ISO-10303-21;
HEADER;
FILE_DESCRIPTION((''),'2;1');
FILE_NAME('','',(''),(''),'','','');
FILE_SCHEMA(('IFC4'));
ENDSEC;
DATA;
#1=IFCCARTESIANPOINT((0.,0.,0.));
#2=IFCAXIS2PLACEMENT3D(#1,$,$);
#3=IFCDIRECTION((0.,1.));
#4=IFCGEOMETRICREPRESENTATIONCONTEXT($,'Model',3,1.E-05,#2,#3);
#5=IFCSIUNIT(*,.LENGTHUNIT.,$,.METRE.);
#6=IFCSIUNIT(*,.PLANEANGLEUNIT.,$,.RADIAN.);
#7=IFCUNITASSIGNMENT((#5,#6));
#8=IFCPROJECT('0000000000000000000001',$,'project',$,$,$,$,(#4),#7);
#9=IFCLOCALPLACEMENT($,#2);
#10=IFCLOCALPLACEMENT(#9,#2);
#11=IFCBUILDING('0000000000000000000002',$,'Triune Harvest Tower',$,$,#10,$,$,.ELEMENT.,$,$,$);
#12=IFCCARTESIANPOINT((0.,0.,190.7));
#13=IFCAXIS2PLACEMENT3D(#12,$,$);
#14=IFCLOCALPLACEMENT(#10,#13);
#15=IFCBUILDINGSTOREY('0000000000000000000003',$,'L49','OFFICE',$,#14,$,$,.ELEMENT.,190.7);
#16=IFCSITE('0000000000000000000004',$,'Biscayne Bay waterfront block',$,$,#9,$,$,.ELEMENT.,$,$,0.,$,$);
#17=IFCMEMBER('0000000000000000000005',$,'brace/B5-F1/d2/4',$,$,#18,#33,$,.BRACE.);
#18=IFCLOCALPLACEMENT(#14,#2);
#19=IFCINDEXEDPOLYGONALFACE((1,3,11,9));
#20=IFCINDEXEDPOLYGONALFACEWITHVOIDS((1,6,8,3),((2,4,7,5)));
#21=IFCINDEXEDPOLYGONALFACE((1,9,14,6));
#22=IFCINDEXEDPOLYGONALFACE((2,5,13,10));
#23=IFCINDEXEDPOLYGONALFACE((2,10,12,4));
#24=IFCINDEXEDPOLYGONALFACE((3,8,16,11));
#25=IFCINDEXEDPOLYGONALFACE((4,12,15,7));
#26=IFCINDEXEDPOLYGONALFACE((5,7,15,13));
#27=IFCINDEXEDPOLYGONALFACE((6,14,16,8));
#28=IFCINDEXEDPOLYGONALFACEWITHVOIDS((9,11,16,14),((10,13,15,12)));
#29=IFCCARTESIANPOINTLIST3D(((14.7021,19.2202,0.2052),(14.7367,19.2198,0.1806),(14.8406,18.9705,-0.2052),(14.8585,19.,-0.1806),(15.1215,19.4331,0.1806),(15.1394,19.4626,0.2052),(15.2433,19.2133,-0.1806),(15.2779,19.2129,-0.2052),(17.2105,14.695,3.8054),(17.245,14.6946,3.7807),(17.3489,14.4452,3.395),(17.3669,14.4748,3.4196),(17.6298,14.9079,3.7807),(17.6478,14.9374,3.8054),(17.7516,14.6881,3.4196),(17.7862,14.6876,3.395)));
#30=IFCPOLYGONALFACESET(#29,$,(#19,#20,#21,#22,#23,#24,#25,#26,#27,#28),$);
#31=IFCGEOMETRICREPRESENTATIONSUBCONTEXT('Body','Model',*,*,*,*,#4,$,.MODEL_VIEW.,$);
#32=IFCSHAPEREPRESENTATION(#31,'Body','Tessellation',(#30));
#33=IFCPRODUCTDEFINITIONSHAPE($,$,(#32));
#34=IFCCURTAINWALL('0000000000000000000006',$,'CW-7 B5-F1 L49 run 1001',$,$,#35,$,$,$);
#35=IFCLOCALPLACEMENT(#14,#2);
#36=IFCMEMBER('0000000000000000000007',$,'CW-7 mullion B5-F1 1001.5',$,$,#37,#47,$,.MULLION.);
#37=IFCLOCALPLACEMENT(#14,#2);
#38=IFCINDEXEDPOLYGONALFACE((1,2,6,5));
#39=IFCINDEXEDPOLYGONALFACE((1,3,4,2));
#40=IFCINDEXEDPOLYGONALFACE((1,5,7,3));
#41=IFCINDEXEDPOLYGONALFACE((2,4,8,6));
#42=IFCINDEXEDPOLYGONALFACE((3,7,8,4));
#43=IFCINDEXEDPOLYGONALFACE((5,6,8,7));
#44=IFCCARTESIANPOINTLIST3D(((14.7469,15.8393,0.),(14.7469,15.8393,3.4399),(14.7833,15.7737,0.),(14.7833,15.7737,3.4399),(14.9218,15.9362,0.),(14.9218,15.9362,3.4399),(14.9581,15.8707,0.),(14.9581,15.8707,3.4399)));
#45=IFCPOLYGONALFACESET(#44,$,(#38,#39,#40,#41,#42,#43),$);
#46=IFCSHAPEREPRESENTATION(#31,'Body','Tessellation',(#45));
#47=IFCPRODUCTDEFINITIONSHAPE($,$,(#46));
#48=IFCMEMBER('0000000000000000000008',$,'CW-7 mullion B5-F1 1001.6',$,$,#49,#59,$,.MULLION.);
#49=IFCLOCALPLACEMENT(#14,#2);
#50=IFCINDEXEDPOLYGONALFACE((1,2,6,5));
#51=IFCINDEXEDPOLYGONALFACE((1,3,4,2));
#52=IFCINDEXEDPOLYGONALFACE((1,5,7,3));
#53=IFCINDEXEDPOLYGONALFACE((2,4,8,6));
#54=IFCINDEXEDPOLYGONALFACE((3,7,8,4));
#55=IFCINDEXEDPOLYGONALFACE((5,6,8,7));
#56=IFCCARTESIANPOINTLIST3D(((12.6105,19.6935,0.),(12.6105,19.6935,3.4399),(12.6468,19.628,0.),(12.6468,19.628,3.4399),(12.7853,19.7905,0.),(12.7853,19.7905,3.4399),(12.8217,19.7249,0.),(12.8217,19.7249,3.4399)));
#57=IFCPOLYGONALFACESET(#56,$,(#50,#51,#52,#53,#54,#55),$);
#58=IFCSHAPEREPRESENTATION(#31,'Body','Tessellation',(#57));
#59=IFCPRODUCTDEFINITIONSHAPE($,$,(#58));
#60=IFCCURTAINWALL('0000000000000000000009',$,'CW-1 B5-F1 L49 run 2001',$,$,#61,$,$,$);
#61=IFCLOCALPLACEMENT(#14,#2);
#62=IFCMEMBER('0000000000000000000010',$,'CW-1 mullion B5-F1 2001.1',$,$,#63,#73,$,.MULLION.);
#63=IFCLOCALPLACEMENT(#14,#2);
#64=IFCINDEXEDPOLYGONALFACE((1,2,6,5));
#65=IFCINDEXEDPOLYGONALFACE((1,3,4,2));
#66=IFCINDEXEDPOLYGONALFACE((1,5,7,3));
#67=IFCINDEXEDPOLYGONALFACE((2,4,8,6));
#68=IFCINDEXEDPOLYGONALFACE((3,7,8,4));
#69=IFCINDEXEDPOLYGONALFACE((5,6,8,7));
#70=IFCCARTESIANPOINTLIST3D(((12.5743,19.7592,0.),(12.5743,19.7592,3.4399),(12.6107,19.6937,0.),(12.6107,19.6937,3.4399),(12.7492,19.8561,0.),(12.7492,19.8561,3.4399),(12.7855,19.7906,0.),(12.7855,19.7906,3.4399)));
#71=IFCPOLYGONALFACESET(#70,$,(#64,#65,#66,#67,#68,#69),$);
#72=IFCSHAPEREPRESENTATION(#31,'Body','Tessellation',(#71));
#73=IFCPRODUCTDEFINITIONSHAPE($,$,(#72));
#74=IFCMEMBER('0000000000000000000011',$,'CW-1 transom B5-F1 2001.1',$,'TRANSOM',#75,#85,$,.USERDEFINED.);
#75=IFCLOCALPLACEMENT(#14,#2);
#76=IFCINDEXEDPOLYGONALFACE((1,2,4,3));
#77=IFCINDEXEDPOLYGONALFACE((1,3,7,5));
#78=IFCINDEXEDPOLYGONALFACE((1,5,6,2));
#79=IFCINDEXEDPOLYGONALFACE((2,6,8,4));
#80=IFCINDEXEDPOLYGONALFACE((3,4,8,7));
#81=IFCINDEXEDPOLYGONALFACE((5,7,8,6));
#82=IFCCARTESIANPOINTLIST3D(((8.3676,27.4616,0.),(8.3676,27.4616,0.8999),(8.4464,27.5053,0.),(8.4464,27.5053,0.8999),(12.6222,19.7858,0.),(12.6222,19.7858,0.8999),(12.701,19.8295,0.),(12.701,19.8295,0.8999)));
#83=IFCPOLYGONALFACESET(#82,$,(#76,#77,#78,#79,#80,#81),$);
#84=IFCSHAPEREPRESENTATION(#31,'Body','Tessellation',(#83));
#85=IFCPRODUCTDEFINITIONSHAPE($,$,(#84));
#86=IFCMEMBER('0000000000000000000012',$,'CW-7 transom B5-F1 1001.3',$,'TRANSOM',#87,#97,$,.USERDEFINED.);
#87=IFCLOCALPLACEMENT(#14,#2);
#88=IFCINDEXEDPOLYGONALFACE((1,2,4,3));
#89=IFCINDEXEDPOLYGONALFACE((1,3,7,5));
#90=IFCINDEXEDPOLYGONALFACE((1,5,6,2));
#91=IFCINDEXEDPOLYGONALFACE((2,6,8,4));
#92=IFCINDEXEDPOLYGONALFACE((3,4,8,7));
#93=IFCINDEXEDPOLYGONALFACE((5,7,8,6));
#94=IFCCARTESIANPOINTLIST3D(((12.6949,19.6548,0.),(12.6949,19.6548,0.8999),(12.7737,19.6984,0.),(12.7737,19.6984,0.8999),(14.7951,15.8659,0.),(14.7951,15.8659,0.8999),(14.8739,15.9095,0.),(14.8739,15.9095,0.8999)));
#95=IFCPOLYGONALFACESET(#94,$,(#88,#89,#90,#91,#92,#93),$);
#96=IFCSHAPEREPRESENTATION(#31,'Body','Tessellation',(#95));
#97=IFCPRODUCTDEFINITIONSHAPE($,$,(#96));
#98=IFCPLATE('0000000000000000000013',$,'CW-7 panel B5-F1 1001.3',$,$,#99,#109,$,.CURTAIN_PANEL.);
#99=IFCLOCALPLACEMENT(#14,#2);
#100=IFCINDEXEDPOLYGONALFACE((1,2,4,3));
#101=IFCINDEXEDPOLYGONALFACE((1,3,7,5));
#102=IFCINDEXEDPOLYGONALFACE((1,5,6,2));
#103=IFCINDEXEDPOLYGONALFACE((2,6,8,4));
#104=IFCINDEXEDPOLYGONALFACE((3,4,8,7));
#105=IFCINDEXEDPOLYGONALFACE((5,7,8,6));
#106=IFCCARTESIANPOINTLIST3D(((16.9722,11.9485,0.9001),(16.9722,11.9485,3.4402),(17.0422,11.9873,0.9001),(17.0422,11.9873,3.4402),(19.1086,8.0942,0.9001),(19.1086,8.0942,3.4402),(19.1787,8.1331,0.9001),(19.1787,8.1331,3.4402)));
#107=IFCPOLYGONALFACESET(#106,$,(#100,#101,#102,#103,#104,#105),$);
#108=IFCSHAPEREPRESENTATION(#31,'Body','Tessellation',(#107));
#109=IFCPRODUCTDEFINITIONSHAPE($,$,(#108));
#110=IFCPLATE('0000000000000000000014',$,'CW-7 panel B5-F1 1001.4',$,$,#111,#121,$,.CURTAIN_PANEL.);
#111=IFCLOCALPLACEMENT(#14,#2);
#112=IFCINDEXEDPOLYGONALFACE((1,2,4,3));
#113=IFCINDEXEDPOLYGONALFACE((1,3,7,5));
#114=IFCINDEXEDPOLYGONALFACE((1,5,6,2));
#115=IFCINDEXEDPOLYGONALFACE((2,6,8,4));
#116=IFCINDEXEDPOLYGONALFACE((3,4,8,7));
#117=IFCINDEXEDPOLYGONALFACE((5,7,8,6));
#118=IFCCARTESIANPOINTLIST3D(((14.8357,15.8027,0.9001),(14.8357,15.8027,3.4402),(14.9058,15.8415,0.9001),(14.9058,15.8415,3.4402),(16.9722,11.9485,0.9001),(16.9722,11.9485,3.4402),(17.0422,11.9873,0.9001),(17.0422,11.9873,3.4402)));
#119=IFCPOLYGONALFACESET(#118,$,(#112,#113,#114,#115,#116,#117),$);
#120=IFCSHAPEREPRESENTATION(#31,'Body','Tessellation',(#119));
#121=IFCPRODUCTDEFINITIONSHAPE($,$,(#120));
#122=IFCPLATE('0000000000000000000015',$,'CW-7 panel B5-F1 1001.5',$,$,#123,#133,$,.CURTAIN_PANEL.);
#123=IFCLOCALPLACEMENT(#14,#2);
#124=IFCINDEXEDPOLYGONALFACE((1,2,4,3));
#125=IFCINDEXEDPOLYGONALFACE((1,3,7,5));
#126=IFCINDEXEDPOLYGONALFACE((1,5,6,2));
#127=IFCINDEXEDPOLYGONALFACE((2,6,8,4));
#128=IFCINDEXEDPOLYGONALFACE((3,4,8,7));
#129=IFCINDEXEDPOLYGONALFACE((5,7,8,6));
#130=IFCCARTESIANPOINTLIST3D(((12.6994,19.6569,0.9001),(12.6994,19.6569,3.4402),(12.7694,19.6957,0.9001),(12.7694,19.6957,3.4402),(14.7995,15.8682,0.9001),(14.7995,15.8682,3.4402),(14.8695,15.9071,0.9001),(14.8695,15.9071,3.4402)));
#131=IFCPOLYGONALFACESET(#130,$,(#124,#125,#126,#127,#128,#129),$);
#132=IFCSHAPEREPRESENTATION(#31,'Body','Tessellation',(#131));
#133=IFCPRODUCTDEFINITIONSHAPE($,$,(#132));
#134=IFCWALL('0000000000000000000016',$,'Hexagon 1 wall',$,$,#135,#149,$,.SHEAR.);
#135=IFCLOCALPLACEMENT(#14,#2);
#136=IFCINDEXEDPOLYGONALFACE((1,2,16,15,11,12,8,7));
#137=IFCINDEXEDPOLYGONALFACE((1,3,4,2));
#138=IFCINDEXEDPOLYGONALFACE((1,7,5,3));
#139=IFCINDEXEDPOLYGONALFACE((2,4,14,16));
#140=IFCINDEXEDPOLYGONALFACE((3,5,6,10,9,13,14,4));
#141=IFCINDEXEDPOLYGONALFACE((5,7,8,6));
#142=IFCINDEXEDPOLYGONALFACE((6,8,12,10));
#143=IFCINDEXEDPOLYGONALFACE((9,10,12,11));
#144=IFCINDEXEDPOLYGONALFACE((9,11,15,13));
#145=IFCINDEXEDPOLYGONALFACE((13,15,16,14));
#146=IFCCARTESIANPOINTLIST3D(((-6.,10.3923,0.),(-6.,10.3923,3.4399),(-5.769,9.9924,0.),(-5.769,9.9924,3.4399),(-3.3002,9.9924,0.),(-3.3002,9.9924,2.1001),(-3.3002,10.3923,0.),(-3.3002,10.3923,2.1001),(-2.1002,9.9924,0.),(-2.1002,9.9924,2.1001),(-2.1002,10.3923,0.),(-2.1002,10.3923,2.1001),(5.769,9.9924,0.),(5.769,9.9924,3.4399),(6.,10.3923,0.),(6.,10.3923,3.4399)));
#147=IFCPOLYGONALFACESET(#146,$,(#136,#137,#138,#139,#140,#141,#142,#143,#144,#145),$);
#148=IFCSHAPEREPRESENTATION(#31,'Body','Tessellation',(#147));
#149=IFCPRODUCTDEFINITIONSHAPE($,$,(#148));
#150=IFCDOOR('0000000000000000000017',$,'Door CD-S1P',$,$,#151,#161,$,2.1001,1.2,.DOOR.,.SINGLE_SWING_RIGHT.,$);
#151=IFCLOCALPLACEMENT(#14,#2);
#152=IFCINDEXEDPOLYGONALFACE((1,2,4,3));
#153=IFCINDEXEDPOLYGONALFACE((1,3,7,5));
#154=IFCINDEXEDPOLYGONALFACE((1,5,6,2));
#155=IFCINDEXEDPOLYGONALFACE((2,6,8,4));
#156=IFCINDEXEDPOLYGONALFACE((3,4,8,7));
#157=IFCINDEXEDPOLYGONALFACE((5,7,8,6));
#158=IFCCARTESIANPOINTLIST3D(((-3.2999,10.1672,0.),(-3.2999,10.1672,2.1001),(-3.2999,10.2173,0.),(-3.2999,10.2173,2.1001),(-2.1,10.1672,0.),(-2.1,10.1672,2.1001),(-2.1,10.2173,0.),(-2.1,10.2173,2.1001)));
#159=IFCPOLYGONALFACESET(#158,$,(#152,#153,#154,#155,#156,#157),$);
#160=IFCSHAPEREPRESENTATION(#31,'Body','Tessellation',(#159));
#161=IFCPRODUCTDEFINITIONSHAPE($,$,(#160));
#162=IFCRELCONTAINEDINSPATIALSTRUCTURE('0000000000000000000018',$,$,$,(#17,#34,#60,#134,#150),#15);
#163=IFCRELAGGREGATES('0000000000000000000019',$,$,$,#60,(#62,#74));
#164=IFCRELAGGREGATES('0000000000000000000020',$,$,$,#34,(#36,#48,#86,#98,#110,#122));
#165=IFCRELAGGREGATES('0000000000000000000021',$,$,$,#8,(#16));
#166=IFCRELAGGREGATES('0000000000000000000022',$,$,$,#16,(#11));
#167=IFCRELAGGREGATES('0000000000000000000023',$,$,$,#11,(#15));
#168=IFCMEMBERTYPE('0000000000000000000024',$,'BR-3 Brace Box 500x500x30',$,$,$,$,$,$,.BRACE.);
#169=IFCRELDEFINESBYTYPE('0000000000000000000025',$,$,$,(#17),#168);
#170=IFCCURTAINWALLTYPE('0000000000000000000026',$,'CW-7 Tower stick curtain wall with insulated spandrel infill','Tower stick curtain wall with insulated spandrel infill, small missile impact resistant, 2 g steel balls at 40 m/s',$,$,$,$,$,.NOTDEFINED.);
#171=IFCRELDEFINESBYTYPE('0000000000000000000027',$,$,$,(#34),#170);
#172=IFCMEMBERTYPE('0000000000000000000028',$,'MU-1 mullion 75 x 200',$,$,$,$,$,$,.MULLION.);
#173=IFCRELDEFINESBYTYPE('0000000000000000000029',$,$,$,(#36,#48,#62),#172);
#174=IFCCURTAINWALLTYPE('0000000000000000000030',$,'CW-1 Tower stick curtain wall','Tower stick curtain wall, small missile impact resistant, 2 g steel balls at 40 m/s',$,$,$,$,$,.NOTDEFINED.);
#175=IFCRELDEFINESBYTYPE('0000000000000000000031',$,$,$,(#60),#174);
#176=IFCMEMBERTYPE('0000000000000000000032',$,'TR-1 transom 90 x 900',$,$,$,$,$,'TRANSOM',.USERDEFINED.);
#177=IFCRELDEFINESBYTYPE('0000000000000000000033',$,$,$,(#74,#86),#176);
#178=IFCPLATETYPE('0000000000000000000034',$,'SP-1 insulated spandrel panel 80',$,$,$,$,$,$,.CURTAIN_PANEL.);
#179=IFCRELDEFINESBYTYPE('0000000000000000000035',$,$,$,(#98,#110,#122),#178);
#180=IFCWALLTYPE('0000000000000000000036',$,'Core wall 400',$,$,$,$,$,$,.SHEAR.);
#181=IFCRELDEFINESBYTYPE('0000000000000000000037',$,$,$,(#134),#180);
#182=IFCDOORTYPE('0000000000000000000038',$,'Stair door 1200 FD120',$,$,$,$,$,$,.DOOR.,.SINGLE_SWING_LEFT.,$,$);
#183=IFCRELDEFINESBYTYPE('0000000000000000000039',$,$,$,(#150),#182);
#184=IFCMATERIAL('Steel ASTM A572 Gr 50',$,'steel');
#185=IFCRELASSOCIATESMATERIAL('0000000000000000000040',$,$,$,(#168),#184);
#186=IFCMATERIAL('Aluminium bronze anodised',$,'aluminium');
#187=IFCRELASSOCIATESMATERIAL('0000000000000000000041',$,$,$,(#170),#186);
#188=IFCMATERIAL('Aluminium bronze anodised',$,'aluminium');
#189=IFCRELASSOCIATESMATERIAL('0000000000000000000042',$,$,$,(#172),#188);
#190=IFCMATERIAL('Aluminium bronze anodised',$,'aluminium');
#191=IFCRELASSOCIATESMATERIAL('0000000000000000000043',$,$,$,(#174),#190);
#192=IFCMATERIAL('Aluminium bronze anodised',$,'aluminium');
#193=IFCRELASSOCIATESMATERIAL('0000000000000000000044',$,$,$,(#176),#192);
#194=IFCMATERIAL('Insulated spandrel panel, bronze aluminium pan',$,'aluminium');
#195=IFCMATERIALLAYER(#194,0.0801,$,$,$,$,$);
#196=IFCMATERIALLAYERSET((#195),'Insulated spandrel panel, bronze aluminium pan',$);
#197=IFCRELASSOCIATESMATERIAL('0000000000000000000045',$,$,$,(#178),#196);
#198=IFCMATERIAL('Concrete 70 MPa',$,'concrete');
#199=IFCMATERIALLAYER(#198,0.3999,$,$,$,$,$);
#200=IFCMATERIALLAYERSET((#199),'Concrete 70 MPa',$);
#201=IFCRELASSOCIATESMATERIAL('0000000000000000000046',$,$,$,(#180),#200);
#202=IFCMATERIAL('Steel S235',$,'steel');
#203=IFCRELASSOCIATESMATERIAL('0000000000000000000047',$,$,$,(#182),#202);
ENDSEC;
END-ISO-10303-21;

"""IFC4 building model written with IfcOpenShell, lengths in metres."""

from ifc_helpers import new_model, si_unit, direction, frame, frame_2d, origin, origin_2d, place, context, subcontext, project, spatial, polyline, rectangle, hollow_rectangle, outline, extrude, source, transform, mapped, material, layer, layer_set, material_profile, profile_set, type_object, element, fill, aggregate, save


model = new_model("IFC4")

# Units and contexts
model_context = context("Model", 3, precision=1e-05, world=origin(), true_north=direction((0.0, 1.0)))
body_context = subcontext(model_context, "Body", "Model", "MODEL_VIEW")
ifc_project = project(units=[si_unit("LENGTHUNIT", "METRE"), si_unit("PLANEANGLEUNIT", "RADIAN")], contexts=[model_context])

# Site, building, storey
site_placement = place(None, origin())
site = spatial("IfcSite", under=ifc_project, at=site_placement, Name="Biscayne Bay waterfront block", CompositionType="ELEMENT", RefElevation=0.0)
building_placement = place(site_placement, origin())
building = spatial("IfcBuilding", under=site, at=building_placement, Name="Triune Harvest Tower", CompositionType="ELEMENT")
storey_placement = place(building_placement, frame((0.0, 0.0, 190.7)))
storey = spatial("IfcBuildingStorey", under=building, at=storey_placement, Name="L49", Description="OFFICE", CompositionType="ELEMENT", Elevation=190.7)

# Member
ifc_material_1 = material(Name="Steel ASTM A572 Gr 50", Category="steel")
ifc_material_profile_1 = material_profile(ifc_material_1, hollow_rectangle(XDim=0.5, YDim=0.5, WallThickness=0.03, at=origin_2d()), Name="Box 500x500x30")
ifc_profile_set_1 = profile_set([ifc_material_profile_1], Name="Steel ASTM A572 Gr 50")
member_type_1 = type_object("IfcMemberType", Name="BR-3 Brace Box 500x500x30", PredefinedType="BRACE", material=ifc_profile_set_1)
shared_shape_1 = source(origin(), body_context, "Body", "SweptSolid", [
    extrude(hollow_rectangle(XDim=0.5, YDim=0.5, WallThickness=0.03, at=origin_2d()), origin(), (0.0, 0.0, 1.0), 6.3032),
])
member_1_placement = place(storey_placement, frame((14.99, 19.2166, 0.0), z_axis=(0.397946, -0.717923, 0.571162), x_axis=(0.874622, 0.484805, 0.0)))
element("IfcMember", 1, at=member_1_placement, inside=storey, type_object=member_type_1, Name="brace/B5-F1/d2/4", PredefinedType="BRACE", context=body_context, shape_type="MappedRepresentation", body=[
    mapped(shared_shape_1, transform((0.0, 0.0, 0.0), scale=1.0)),
])

# Curtain walls, members
ifc_material_2 = material(Name="Aluminium bronze anodised", Category="aluminium")
curtain_wall_type_1 = type_object("IfcCurtainWallType", Name="CW-7 Tower stick curtain wall with insulated spandrel infill", Description="Tower stick curtain wall with insulated spandrel infill, small missile impact resistant, 2 g steel balls at 40 m/s", PredefinedType="NOTDEFINED", material=ifc_material_2)
curtain_wall_1_placement = place(storey_placement, origin())
curtain_wall_1 = element("IfcCurtainWall", 2, at=curtain_wall_1_placement, inside=storey, type_object=curtain_wall_type_1, Name="CW-7 B5-F1 L49 run 1001")
ifc_material_3 = material(Name="Aluminium bronze anodised", Category="aluminium")
ifc_material_profile_2 = material_profile(ifc_material_3, rectangle(XDim=0.2, YDim=0.075, at=origin_2d()), Name="MU-1 mullion 75 x 200")
ifc_profile_set_2 = profile_set([ifc_material_profile_2], Name="Aluminium bronze anodised")
member_type_2 = type_object("IfcMemberType", Name="MU-1 mullion 75 x 200", PredefinedType="MULLION", material=ifc_profile_set_2)
shared_shape_2 = source(origin(), body_context, "Body", "SweptSolid", [
    extrude(rectangle(XDim=0.2, YDim=0.075, at=origin_2d()), origin(), (0.0, 0.0, 1.0), 3.4399),
])
member_2_placement = place(storey_placement, frame((14.8525, 15.855, 0.0), z_axis=(0.0, 0.0, 1.0), x_axis=(-0.87462, -0.484809, 0.0)))
member_2 = element("IfcMember", 3, at=member_2_placement, type_object=member_type_2, Name="CW-7 mullion B5-F1 1001.5", PredefinedType="MULLION", context=body_context, shape_type="MappedRepresentation", body=[
    mapped(shared_shape_2, transform((0.0, 0.0, 0.0), scale=1.0)),
])
member_3_placement = place(storey_placement, frame((12.7161, 19.7092, 0.0), z_axis=(0.0, 0.0, 1.0), x_axis=(-0.87462, -0.484809, 0.0)))
member_3 = element("IfcMember", 4, at=member_3_placement, type_object=member_type_2, Name="CW-7 mullion B5-F1 1001.6", PredefinedType="MULLION", context=body_context, shape_type="MappedRepresentation", body=[
    mapped(shared_shape_2, transform((0.0, 0.0, 0.0), scale=1.0)),
])
ifc_material_4 = material(Name="Aluminium bronze anodised", Category="aluminium")
curtain_wall_type_2 = type_object("IfcCurtainWallType", Name="CW-1 Tower stick curtain wall", Description="Tower stick curtain wall, small missile impact resistant, 2 g steel balls at 40 m/s", PredefinedType="NOTDEFINED", material=ifc_material_4)
curtain_wall_2_placement = place(storey_placement, origin())
curtain_wall_2 = element("IfcCurtainWall", 5, at=curtain_wall_2_placement, inside=storey, type_object=curtain_wall_type_2, Name="CW-1 B5-F1 L49 run 2001")
member_4_placement = place(storey_placement, frame((12.6799, 19.7749, 0.0), z_axis=(0.0, 0.0, 1.0), x_axis=(-0.874621, -0.484808, 0.0)))
member_4 = element("IfcMember", 6, at=member_4_placement, type_object=member_type_2, Name="CW-1 mullion B5-F1 2001.1", PredefinedType="MULLION", context=body_context, shape_type="MappedRepresentation", body=[
    mapped(shared_shape_2, transform((0.0, 0.0, 0.0), scale=1.0)),
])
ifc_material_5 = material(Name="Aluminium bronze anodised", Category="aluminium")
ifc_material_profile_3 = material_profile(ifc_material_5, rectangle(XDim=0.0901, YDim=0.8999, at=origin_2d()), Name="TR-1 transom 90 x 900")
ifc_profile_set_3 = profile_set([ifc_material_profile_3], Name="Aluminium bronze anodised")
member_type_3 = type_object("IfcMemberType", Name="TR-1 transom 90 x 900", ElementType="TRANSOM", PredefinedType="USERDEFINED", material=ifc_profile_set_3)
shared_shape_3 = source(origin(), body_context, "Body", "SweptSolid", [
    extrude(rectangle(XDim=0.0901, YDim=0.8999, at=origin_2d()), origin(), (0.0, 0.0, 1.0), 8.7761),
])
member_5_placement = place(storey_placement, frame((12.6616, 19.8076, 0.45), z_axis=(-0.484799, 0.874625, 0.0), x_axis=(-0.874625, -0.484799, 0.0)))
member_5 = element("IfcMember", 7, at=member_5_placement, type_object=member_type_3, Name="CW-1 transom B5-F1 2001.1", ObjectType="TRANSOM", PredefinedType="USERDEFINED", context=body_context, shape_type="MappedRepresentation", body=[
    mapped(shared_shape_3, transform((0.0, 0.0, 0.0), scale=1.0)),
])
aggregate(curtain_wall_2, [member_4, member_5])

# Member
shared_shape_4 = source(origin(), body_context, "Body", "SweptSolid", [
    extrude(rectangle(XDim=0.0901, YDim=0.8999, at=origin_2d()), origin(), (0.0, 0.0, 1.0), 4.332),
])
member_6_placement = place(storey_placement, frame((14.8345, 15.8877, 0.45), z_axis=(-0.484796, 0.874627, 0.0), x_axis=(-0.874627, -0.484796, 0.0)))
member_6 = element("IfcMember", 8, at=member_6_placement, type_object=member_type_3, Name="CW-7 transom B5-F1 1001.3", ObjectType="TRANSOM", PredefinedType="USERDEFINED", context=body_context, shape_type="MappedRepresentation", body=[
    mapped(shared_shape_4, transform((0.0, 0.0, 0.0), scale=1.0)),
])

# Plates
ifc_material_6 = material(Name="Insulated spandrel panel, bronze aluminium pan", Category="aluminium")
ifc_layer_1 = layer(ifc_material_6, 0.0801)
ifc_layer_set_1 = layer_set([ifc_layer_1], Name="Insulated spandrel panel, bronze aluminium pan")
plate_type = type_object("IfcPlateType", Name="SP-1 insulated spandrel panel 80", PredefinedType="CURTAIN_PANEL", material=ifc_layer_set_1)
shared_shape_5 = source(origin(), body_context, "Body", "SweptSolid", [
    extrude(rectangle(XDim=4.4067, YDim=0.0801, at=origin_2d()), origin(), (0.0, 0.0, 1.0), 2.54),
])
plate_1_placement = place(storey_placement, frame((18.0754, 10.0408, 0.9001), z_axis=(0.0, 0.0, 1.0), x_axis=(-0.484809, 0.87462, 0.0)))
plate_1 = element("IfcPlate", 9, at=plate_1_placement, type_object=plate_type, Name="CW-7 panel B5-F1 1001.3", PredefinedType="CURTAIN_PANEL", context=body_context, shape_type="MappedRepresentation", body=[
    mapped(shared_shape_5, transform((0.0, 0.0, 0.0), scale=1.0)),
])
plate_2_placement = place(storey_placement, frame((15.939, 13.895, 0.9001), z_axis=(0.0, 0.0, 1.0), x_axis=(-0.484809, 0.87462, 0.0)))
plate_2 = element("IfcPlate", 10, at=plate_2_placement, type_object=plate_type, Name="CW-7 panel B5-F1 1001.4", PredefinedType="CURTAIN_PANEL", context=body_context, shape_type="MappedRepresentation", body=[
    mapped(shared_shape_5, transform((0.0, 0.0, 0.0), scale=1.0)),
])
shared_shape_6 = source(origin(), body_context, "Body", "SweptSolid", [
    extrude(rectangle(XDim=4.3318, YDim=0.0801, at=origin_2d()), origin(), (0.0, 0.0, 1.0), 2.54),
])
plate_3_placement = place(storey_placement, frame((13.7844, 17.782, 0.9001), z_axis=(0.0, 0.0, 1.0), x_axis=(-0.484809, 0.87462, 0.0)))
plate_3 = element("IfcPlate", 11, at=plate_3_placement, type_object=plate_type, Name="CW-7 panel B5-F1 1001.5", PredefinedType="CURTAIN_PANEL", context=body_context, shape_type="MappedRepresentation", body=[
    mapped(shared_shape_6, transform((0.0, 0.0, 0.0), scale=1.0)),
])
aggregate(curtain_wall_1, [member_2, member_3, member_6, plate_1, plate_2, plate_3])

# Wall, opening, door
ifc_material_7 = material(Name="Concrete 70 MPa", Category="concrete")
ifc_layer_2 = layer(ifc_material_7, 0.3999)
ifc_layer_set_2 = layer_set([ifc_layer_2], Name="Concrete 70 MPa")
wall_type_1 = type_object("IfcWallType", Name="Core wall 400", PredefinedType="SHEAR", material=ifc_layer_set_2)
shared_shape_7 = source(origin(), body_context, "Body", "SweptSolid", [
    extrude(outline(polyline([(-0.1155, -0.2), (11.8845, -0.2), (11.6536, 0.2), (0.1155, 0.2), (-0.1155, -0.2)])), origin(), (0.0, 0.0, 1.0), 3.4399),
])
wall_1_placement = place(storey_placement, frame((5.8845, 10.1924, 0.0), z_axis=(0.0, 0.0, 1.0), x_axis=(-1.0, 0.0, 0.0)))
wall_1 = element("IfcWall", 12, at=wall_1_placement, inside=storey, type_object=wall_type_1, Name="Hexagon 1 wall", PredefinedType="SHEAR", context=body_context, shape_type="MappedRepresentation", body=[
    mapped(shared_shape_7, transform((0.0, 0.0, 0.0), scale=1.0)),
])
opening_1_placement = place(wall_1_placement, frame((7.9846, 0.0, 0.0)))
opening_1 = element("IfcOpeningElement", 13, at=opening_1_placement, cuts=wall_1, PredefinedType="OPENING", context=body_context, shape_type="SweptSolid", body=[
    extrude(rectangle(XDim=1.2, YDim=2.1001, at=frame_2d((0.6001, 1.05))), frame((0.0, 0.21, 0.0), z_axis=(0.0, -1.0, 0.0), x_axis=(1.0, 0.0, 0.0)), (0.0, 0.0, 1.0), 0.4199),
])
ifc_material_8 = material(Name="Steel S235", Category="steel")
door_type_1 = type_object("IfcDoorType", Name="Stair door 1200 FD120", OperationType="SINGLE_SWING_LEFT", PredefinedType="DOOR", material=ifc_material_8)
door_1_placement = place(opening_1_placement, frame((1.2, 0.0, 0.0), z_axis=(0.0, 0.0, 1.0), x_axis=(-1.0, 0.0, 0.0)))
door_1 = element("IfcDoor", 14, at=door_1_placement, inside=storey, type_object=door_type_1, Name="Door CD-S1P", OperationType="SINGLE_SWING_RIGHT", OverallHeight=2.1001, OverallWidth=1.2, PredefinedType="DOOR", context=body_context, shape_type="SweptSolid", body=[
    extrude(rectangle(XDim=1.2, YDim=2.1001, at=frame_2d((0.6001, 1.05))), frame((0.0, 0.0249, 0.0), z_axis=(0.0, -1.0, 0.0), x_axis=(1.0, 0.0, 0.0)), (0.0, 0.0, 1.0), 0.05),
])
fill(opening_1, door_1)

save(model, "model.ifc")
